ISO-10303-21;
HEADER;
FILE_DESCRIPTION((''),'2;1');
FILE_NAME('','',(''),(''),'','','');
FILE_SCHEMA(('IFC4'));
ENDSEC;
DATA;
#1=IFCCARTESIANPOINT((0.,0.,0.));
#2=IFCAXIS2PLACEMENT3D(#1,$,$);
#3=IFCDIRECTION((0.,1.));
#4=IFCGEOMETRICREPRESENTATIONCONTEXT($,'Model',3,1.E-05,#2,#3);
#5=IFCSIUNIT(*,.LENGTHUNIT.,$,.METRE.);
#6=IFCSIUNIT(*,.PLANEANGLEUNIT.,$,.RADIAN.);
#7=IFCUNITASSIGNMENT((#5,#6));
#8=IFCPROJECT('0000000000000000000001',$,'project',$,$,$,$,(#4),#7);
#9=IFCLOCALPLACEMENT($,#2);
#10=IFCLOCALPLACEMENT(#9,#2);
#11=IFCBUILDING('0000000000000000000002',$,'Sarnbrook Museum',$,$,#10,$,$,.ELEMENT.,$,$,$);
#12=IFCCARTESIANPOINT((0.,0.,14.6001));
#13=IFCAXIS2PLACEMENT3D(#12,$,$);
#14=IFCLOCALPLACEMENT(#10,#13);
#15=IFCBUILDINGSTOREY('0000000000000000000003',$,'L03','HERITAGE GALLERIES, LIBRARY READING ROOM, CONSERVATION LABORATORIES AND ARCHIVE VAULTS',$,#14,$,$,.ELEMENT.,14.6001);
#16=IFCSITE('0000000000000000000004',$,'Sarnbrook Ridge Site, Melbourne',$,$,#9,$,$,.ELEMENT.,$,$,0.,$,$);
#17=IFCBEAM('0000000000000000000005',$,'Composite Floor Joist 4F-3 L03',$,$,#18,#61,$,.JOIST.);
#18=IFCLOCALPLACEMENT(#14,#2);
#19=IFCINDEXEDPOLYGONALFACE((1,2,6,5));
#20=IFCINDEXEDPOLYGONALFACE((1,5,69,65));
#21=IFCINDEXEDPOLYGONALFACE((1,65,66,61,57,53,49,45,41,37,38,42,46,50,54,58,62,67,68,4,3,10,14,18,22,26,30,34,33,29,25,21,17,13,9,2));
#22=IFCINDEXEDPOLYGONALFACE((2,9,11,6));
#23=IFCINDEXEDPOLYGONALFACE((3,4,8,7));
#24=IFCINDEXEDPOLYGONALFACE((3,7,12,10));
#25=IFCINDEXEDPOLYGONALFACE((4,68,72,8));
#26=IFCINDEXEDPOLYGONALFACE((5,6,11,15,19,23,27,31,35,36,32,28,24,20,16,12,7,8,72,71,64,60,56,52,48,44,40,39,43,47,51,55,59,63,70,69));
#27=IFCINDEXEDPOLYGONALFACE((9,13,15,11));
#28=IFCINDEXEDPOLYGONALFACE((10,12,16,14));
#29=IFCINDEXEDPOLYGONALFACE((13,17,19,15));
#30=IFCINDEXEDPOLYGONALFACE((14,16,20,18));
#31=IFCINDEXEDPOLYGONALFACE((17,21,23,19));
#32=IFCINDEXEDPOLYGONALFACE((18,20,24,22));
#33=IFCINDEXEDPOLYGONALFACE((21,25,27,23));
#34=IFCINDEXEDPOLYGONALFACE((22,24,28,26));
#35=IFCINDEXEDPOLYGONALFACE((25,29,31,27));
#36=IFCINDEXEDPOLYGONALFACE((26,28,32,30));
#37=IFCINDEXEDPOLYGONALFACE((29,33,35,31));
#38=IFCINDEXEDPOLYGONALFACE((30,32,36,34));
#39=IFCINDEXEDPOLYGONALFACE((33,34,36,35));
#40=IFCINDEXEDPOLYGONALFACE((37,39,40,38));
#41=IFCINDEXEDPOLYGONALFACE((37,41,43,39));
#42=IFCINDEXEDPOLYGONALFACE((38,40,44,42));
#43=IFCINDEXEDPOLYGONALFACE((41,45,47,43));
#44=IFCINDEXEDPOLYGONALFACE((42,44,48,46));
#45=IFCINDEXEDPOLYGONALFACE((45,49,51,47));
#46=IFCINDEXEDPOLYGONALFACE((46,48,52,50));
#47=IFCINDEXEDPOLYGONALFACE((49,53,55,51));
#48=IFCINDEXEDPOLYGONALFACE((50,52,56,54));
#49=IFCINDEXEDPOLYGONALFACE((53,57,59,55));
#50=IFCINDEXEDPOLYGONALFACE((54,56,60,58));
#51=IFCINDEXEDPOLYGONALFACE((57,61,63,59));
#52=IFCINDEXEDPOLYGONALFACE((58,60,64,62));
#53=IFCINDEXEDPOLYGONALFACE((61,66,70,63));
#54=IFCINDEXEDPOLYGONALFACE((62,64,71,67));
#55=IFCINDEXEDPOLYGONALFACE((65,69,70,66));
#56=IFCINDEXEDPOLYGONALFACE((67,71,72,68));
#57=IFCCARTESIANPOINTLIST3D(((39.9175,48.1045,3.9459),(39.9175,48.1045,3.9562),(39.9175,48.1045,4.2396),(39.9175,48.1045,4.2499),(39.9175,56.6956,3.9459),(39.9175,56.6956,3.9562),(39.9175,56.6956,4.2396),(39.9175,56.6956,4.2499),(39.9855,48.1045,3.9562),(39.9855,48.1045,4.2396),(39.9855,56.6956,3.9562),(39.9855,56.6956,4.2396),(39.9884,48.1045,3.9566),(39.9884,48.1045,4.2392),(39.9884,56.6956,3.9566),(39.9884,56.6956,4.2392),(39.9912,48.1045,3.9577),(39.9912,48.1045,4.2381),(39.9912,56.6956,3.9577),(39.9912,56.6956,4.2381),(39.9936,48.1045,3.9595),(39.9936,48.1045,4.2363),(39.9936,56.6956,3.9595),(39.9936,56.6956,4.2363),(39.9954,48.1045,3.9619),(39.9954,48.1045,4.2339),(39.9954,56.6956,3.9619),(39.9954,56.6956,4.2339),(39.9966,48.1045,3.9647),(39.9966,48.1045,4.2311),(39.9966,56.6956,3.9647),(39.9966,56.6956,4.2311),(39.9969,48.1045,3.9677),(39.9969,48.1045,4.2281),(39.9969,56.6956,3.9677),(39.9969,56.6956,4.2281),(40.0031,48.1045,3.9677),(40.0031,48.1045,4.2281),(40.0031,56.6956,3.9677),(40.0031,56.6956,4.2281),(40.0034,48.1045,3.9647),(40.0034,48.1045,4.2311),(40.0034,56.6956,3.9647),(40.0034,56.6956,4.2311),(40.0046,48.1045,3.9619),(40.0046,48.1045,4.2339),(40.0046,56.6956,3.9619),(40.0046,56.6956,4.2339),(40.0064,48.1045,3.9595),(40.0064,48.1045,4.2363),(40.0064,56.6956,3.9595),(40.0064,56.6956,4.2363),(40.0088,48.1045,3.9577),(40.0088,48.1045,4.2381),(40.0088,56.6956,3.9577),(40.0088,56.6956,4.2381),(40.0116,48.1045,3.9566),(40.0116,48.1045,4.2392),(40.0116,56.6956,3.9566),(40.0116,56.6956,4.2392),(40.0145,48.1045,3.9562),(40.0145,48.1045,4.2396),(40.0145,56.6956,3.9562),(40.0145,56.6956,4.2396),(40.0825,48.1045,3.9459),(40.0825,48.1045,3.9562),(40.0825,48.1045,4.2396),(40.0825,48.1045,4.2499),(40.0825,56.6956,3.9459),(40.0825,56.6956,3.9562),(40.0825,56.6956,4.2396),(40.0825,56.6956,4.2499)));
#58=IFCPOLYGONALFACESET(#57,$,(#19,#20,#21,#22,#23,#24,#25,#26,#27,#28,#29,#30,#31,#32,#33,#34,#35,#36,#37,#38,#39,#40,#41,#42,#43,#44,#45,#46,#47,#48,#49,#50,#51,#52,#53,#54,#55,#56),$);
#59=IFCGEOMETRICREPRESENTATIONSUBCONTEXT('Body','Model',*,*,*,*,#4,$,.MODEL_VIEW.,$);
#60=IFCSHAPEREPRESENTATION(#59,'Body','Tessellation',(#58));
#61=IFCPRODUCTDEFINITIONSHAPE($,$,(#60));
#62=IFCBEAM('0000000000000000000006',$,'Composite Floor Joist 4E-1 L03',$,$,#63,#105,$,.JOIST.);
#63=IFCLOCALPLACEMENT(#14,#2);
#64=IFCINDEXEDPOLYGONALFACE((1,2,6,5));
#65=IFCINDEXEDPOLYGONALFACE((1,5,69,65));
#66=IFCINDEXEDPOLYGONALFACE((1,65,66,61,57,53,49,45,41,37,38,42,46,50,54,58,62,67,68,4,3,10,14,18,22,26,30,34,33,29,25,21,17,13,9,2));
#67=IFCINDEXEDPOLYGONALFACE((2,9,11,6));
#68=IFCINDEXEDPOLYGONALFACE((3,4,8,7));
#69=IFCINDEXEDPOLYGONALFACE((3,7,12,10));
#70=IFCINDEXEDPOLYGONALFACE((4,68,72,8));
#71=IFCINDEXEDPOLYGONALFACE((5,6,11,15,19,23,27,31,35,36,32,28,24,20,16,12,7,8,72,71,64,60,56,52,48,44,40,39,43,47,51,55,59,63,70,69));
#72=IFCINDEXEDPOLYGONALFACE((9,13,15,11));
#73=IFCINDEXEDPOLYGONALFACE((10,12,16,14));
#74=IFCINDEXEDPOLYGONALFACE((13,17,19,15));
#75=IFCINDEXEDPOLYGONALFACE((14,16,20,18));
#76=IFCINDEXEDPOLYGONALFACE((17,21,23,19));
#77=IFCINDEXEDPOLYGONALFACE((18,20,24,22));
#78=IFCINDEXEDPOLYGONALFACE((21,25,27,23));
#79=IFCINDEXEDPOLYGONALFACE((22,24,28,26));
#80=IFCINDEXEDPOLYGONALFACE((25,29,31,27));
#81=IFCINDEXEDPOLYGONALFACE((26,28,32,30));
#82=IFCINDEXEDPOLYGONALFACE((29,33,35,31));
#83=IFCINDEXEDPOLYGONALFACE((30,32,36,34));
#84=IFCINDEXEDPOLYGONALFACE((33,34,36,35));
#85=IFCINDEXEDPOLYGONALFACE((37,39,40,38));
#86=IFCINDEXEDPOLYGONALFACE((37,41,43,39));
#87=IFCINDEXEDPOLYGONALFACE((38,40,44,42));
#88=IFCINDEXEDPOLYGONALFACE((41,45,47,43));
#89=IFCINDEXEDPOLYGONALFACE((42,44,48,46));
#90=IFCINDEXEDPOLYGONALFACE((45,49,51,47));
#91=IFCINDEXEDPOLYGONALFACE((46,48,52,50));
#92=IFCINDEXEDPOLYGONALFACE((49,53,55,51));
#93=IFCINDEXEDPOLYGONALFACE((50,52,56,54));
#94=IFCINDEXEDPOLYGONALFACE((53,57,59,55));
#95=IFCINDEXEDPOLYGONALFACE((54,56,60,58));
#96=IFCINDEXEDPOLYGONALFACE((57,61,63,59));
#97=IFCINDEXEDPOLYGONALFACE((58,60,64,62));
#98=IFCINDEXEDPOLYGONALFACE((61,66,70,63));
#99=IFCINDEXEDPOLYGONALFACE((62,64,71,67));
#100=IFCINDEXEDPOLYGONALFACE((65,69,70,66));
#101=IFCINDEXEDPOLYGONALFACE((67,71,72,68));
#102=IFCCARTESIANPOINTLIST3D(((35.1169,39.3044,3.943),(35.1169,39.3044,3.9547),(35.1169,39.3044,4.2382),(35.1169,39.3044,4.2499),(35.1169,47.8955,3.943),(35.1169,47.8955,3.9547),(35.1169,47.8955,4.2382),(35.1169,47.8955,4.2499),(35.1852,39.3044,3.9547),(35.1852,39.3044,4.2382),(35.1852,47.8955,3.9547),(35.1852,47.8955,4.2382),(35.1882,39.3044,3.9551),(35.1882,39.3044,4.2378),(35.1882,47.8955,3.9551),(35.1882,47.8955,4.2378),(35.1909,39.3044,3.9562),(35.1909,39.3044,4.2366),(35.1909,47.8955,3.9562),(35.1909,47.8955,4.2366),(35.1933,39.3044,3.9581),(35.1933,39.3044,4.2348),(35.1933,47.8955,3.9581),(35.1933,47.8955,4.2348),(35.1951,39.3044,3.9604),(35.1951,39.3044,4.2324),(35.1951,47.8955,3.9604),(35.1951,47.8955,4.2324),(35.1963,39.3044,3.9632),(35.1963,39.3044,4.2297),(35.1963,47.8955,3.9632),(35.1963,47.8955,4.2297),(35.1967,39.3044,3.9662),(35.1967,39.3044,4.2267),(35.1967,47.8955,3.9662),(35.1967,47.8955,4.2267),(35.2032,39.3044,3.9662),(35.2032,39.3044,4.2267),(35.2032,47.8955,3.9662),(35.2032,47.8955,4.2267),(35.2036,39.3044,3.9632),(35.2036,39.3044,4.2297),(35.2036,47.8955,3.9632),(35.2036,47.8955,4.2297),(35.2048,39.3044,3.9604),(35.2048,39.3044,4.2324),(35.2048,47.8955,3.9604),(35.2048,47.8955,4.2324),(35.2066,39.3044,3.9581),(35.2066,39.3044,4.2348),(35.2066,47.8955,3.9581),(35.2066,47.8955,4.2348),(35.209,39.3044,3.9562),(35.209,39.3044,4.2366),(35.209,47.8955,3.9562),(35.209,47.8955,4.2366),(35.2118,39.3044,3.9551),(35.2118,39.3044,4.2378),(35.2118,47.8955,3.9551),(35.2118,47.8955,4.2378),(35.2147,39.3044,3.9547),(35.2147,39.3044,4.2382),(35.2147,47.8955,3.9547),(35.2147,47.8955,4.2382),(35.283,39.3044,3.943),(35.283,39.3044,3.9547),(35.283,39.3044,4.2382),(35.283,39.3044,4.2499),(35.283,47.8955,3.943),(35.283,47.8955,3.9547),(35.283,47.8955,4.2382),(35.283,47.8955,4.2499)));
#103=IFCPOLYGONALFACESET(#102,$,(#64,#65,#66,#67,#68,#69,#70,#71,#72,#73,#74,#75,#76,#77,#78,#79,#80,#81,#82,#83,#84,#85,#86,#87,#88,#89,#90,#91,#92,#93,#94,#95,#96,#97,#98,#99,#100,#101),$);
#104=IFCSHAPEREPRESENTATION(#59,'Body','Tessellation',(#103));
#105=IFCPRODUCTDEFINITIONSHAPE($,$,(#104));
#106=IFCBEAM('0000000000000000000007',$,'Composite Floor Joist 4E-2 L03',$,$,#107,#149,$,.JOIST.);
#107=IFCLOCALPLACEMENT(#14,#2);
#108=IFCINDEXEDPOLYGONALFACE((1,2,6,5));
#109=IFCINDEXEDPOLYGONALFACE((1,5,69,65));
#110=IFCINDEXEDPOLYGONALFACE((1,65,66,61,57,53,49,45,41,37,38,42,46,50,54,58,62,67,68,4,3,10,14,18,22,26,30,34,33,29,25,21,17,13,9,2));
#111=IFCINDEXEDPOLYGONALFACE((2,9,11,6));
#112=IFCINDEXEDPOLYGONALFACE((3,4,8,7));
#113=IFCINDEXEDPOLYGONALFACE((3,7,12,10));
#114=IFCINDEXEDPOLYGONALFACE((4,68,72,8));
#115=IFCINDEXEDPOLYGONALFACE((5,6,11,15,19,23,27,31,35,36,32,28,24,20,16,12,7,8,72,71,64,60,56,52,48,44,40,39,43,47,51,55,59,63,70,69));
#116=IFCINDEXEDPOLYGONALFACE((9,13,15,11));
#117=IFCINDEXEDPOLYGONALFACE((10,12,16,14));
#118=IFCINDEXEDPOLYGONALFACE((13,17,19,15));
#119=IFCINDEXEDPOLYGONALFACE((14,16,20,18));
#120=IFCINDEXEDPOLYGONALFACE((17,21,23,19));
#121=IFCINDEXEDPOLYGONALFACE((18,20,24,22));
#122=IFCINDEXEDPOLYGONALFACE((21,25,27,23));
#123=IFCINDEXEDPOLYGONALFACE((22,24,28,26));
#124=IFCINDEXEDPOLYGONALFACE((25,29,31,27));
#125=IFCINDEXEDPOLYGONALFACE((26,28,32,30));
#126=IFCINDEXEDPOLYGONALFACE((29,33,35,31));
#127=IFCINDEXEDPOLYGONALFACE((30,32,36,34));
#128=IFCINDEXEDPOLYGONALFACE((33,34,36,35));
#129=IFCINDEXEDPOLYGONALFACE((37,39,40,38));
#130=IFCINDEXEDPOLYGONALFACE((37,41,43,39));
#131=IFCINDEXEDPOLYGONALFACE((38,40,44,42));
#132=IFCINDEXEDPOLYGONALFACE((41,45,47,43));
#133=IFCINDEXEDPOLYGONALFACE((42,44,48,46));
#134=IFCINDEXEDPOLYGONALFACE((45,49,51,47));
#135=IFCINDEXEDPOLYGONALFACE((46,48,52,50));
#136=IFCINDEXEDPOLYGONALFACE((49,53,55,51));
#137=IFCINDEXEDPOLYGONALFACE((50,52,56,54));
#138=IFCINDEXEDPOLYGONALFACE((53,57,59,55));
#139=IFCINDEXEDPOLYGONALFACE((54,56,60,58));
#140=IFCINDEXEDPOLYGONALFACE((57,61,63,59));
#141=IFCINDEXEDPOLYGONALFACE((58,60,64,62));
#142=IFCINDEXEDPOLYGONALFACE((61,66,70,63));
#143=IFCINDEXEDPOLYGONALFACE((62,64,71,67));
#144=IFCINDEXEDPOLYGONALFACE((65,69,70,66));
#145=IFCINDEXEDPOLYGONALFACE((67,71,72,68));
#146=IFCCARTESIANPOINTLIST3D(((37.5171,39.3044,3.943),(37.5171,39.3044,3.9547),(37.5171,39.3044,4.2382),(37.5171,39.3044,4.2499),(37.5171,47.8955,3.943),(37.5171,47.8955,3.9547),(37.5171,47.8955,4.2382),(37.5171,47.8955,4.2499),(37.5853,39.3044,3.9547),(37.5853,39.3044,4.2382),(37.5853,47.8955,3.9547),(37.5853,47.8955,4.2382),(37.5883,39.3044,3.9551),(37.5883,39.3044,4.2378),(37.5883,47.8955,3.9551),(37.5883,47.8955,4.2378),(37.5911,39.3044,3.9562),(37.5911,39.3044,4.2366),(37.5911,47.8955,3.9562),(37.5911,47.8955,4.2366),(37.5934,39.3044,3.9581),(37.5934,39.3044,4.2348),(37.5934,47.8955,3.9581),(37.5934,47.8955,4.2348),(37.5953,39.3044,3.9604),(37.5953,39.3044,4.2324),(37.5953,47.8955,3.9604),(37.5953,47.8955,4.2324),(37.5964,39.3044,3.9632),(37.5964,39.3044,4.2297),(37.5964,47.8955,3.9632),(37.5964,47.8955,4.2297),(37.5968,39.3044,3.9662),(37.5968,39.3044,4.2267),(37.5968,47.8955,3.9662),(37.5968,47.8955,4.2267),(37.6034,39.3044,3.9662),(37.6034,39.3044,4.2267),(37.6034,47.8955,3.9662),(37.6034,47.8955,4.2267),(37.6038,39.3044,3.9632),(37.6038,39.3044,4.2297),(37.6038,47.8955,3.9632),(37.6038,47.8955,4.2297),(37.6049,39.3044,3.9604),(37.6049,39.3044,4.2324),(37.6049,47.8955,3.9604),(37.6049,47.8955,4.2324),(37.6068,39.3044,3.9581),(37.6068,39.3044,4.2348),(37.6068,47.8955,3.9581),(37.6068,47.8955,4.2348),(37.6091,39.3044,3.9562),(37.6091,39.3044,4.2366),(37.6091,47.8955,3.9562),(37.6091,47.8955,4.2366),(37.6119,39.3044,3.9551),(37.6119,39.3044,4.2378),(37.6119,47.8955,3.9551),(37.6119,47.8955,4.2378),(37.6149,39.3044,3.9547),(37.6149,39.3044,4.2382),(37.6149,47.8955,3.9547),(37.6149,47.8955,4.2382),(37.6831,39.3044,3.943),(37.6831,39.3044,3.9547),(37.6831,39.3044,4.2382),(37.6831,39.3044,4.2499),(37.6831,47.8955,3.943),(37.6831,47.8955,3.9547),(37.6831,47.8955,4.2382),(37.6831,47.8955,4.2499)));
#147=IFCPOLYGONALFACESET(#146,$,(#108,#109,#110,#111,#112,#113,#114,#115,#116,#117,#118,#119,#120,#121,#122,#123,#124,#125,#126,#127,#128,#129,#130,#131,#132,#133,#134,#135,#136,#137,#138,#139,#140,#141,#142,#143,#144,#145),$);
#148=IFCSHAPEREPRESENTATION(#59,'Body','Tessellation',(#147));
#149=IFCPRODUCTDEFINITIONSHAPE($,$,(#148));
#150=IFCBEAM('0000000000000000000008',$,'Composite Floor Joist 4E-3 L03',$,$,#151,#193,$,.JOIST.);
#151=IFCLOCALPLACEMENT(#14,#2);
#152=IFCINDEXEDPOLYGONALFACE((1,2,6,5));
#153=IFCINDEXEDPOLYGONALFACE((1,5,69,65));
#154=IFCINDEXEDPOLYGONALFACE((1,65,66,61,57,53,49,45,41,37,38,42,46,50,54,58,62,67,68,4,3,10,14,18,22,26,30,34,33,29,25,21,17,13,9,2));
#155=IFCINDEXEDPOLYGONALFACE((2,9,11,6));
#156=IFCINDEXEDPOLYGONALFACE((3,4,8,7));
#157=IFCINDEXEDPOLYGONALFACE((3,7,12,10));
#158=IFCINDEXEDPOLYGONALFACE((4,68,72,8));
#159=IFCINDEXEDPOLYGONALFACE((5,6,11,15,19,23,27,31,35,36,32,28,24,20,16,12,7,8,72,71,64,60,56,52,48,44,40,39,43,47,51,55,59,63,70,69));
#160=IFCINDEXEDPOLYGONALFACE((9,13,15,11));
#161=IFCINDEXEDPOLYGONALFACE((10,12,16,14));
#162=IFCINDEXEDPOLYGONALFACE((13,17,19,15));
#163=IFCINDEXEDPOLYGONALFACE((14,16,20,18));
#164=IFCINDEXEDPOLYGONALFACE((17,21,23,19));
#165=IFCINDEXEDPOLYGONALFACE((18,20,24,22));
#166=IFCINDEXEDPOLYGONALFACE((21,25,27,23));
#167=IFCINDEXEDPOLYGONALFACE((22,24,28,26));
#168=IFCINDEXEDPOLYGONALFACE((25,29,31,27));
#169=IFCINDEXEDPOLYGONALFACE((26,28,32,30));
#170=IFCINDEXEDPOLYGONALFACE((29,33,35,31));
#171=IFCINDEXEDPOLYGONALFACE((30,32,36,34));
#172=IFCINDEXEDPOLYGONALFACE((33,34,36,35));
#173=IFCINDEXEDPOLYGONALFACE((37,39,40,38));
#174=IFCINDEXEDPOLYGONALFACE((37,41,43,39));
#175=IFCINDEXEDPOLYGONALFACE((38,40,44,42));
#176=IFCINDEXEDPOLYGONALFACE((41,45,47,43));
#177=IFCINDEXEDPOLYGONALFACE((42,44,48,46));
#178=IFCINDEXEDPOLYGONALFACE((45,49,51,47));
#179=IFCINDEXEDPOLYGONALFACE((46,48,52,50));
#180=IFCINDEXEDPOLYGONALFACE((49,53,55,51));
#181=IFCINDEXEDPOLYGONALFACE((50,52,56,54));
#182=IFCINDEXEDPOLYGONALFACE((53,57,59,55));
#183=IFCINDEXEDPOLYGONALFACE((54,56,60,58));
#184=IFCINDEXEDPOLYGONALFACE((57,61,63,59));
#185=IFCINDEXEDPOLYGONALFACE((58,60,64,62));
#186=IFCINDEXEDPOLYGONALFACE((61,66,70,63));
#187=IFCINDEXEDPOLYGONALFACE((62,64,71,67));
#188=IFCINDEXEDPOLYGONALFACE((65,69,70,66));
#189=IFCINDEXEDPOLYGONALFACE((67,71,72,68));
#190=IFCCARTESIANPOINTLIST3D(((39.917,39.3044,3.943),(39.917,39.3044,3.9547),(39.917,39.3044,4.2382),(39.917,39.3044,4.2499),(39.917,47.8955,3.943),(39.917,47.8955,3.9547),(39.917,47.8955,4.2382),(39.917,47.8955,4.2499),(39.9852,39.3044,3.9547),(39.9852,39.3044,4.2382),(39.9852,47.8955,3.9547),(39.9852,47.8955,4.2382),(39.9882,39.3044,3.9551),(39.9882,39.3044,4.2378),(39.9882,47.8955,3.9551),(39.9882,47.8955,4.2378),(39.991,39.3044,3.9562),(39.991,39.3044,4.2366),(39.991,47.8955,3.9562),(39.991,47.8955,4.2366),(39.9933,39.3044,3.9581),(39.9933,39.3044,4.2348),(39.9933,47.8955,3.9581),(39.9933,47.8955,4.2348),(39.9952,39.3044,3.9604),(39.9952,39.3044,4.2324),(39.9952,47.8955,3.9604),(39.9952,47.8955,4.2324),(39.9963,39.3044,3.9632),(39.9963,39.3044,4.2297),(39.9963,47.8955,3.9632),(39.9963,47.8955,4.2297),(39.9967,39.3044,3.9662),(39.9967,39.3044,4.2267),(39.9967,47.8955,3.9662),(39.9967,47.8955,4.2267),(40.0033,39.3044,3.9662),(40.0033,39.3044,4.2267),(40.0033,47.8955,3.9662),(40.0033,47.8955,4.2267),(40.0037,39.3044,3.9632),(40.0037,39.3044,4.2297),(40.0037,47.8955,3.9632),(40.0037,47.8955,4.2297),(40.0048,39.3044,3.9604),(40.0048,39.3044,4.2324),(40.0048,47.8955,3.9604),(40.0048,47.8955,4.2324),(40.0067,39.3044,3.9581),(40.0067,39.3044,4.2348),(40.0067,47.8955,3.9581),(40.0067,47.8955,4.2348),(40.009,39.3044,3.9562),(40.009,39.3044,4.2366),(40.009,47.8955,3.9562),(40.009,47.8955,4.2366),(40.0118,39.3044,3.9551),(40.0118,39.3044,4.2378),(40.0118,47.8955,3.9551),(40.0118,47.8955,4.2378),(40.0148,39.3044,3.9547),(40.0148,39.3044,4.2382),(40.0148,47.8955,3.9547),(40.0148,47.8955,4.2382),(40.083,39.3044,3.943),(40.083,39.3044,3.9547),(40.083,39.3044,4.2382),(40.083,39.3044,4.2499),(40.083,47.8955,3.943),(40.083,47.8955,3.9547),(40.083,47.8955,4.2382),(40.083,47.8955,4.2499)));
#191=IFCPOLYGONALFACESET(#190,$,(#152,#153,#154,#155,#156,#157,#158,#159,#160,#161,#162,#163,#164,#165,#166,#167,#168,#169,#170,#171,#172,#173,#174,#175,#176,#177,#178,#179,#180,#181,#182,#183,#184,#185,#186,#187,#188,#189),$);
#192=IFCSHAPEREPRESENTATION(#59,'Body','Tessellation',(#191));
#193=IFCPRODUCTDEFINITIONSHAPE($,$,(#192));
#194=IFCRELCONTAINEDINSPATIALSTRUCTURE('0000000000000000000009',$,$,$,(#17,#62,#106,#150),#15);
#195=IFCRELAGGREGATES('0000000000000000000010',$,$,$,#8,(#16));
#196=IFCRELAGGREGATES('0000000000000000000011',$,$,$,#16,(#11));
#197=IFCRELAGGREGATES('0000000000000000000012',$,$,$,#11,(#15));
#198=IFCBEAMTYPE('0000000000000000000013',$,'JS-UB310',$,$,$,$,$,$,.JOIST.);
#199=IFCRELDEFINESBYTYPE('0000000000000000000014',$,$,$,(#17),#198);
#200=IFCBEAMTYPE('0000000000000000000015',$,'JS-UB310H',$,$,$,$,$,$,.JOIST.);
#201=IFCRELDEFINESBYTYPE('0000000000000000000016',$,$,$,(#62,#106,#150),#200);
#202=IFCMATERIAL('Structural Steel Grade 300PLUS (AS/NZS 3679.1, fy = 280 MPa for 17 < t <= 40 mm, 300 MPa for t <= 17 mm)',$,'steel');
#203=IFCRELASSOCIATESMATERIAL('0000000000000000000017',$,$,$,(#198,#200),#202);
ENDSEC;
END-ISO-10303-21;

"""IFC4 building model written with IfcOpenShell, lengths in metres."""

from ifc_helpers import new_model, si_unit, direction, frame, origin, origin_2d, place, context, subcontext, project, spatial, i_section, extrude, material, material_profile, profile_set, type_object, element, save


model = new_model("IFC4")

# Units and contexts
model_context = context("Model", 3, precision=1e-05, world=origin(), true_north=direction((0.0, 1.0)))
body_context = subcontext(model_context, "Body", "Model", "MODEL_VIEW")
ifc_project = project(units=[si_unit("LENGTHUNIT", "METRE"), si_unit("PLANEANGLEUNIT", "RADIAN")], contexts=[model_context])

# Site, building, storey
site_placement = place(None, origin())
site = spatial("IfcSite", under=ifc_project, at=site_placement, Name="Sarnbrook Ridge Site, Melbourne", CompositionType="ELEMENT", RefElevation=0.0)
building_placement = place(site_placement, origin())
building = spatial("IfcBuilding", under=site, at=building_placement, Name="Sarnbrook Museum", CompositionType="ELEMENT")
storey_placement = place(building_placement, frame((0.0, 0.0, 14.6001)))
storey = spatial("IfcBuildingStorey", under=building, at=storey_placement, Name="L03", Description="HERITAGE GALLERIES, LIBRARY READING ROOM, CONSERVATION LABORATORIES AND ARCHIVE VAULTS", CompositionType="ELEMENT", Elevation=14.6001)

# Shared definitions
ifc_material_1 = material(Name="Structural Steel Grade 300PLUS (AS/NZS 3679.1, fy = 280 MPa for 17 < t <= 40 mm, 300 MPa for t <= 17 mm)", Category="steel")

# Beams
ifc_material_profile_1 = material_profile(ifc_material_1, i_section(OverallWidth=0.165, OverallDepth=0.304, WebThickness=0.0061, FlangeThickness=0.0103, FilletRadius=0.0115, at=origin_2d()), Name="310UB40.4")
ifc_profile_set_1 = profile_set([ifc_material_profile_1], Name="Structural Steel Grade 300PLUS (AS/NZS 3679.1, fy = 280 MPa for 17 < t <= 40 mm, 300 MPa for t <= 17 mm)")
beam_type_1 = type_object("IfcBeamType", Name="JS-UB310", PredefinedType="JOIST", material=ifc_profile_set_1)
for number, where, z_axis, x_axis, name in (
    (1, (40.0, 48.1045, 4.0979), (0.0, 1.0, 0.0), (-1.0, 0.0, 0.0), "Composite Floor Joist 4F-3 L03"),
):
    element("IfcBeam", number, at=place(storey_placement, frame(where, z_axis=z_axis, x_axis=x_axis)), inside=storey, type_object=beam_type_1, Name=name, PredefinedType="JOIST", context=body_context, shape_type="SweptSolid", body=[
        extrude(i_section(OverallWidth=0.165, OverallDepth=0.304, WebThickness=0.0061, FlangeThickness=0.0103, FilletRadius=0.0115, at=origin_2d()), origin(), (0.0, 0.0, 1.0), 8.5911),
    ])
ifc_material_profile_2 = material_profile(ifc_material_1, i_section(OverallWidth=0.166, OverallDepth=0.3069, WebThickness=0.0066, FlangeThickness=0.0117, FilletRadius=0.0115, at=origin_2d()), Name="310UB46.2")
ifc_profile_set_2 = profile_set([ifc_material_profile_2], Name="Structural Steel Grade 300PLUS (AS/NZS 3679.1, fy = 280 MPa for 17 < t <= 40 mm, 300 MPa for t <= 17 mm)")
beam_type_2 = type_object("IfcBeamType", Name="JS-UB310H", PredefinedType="JOIST", material=ifc_profile_set_2)
for number, where, z_axis, x_axis, name in (
    (2, (35.2, 39.3044, 4.0964), (0.0, 1.0, 0.0), (-1.0, 0.0, 0.0), "Composite Floor Joist 4E-1 L03"),
    (3, (37.6001, 39.3044, 4.0964), (0.0, 1.0, 0.0), (-1.0, 0.0, 0.0), "Composite Floor Joist 4E-2 L03"),
    (4, (40.0, 39.3044, 4.0964), (0.0, 1.0, 0.0), (-1.0, 0.0, 0.0), "Composite Floor Joist 4E-3 L03"),
):
    element("IfcBeam", number, at=place(storey_placement, frame(where, z_axis=z_axis, x_axis=x_axis)), inside=storey, type_object=beam_type_2, Name=name, PredefinedType="JOIST", context=body_context, shape_type="SweptSolid", body=[
        extrude(i_section(OverallWidth=0.166, OverallDepth=0.3069, WebThickness=0.0066, FlangeThickness=0.0117, FilletRadius=0.0115, at=origin_2d()), origin(), (0.0, 0.0, 1.0), 8.5911),
    ])

save(model, "model.ifc")
